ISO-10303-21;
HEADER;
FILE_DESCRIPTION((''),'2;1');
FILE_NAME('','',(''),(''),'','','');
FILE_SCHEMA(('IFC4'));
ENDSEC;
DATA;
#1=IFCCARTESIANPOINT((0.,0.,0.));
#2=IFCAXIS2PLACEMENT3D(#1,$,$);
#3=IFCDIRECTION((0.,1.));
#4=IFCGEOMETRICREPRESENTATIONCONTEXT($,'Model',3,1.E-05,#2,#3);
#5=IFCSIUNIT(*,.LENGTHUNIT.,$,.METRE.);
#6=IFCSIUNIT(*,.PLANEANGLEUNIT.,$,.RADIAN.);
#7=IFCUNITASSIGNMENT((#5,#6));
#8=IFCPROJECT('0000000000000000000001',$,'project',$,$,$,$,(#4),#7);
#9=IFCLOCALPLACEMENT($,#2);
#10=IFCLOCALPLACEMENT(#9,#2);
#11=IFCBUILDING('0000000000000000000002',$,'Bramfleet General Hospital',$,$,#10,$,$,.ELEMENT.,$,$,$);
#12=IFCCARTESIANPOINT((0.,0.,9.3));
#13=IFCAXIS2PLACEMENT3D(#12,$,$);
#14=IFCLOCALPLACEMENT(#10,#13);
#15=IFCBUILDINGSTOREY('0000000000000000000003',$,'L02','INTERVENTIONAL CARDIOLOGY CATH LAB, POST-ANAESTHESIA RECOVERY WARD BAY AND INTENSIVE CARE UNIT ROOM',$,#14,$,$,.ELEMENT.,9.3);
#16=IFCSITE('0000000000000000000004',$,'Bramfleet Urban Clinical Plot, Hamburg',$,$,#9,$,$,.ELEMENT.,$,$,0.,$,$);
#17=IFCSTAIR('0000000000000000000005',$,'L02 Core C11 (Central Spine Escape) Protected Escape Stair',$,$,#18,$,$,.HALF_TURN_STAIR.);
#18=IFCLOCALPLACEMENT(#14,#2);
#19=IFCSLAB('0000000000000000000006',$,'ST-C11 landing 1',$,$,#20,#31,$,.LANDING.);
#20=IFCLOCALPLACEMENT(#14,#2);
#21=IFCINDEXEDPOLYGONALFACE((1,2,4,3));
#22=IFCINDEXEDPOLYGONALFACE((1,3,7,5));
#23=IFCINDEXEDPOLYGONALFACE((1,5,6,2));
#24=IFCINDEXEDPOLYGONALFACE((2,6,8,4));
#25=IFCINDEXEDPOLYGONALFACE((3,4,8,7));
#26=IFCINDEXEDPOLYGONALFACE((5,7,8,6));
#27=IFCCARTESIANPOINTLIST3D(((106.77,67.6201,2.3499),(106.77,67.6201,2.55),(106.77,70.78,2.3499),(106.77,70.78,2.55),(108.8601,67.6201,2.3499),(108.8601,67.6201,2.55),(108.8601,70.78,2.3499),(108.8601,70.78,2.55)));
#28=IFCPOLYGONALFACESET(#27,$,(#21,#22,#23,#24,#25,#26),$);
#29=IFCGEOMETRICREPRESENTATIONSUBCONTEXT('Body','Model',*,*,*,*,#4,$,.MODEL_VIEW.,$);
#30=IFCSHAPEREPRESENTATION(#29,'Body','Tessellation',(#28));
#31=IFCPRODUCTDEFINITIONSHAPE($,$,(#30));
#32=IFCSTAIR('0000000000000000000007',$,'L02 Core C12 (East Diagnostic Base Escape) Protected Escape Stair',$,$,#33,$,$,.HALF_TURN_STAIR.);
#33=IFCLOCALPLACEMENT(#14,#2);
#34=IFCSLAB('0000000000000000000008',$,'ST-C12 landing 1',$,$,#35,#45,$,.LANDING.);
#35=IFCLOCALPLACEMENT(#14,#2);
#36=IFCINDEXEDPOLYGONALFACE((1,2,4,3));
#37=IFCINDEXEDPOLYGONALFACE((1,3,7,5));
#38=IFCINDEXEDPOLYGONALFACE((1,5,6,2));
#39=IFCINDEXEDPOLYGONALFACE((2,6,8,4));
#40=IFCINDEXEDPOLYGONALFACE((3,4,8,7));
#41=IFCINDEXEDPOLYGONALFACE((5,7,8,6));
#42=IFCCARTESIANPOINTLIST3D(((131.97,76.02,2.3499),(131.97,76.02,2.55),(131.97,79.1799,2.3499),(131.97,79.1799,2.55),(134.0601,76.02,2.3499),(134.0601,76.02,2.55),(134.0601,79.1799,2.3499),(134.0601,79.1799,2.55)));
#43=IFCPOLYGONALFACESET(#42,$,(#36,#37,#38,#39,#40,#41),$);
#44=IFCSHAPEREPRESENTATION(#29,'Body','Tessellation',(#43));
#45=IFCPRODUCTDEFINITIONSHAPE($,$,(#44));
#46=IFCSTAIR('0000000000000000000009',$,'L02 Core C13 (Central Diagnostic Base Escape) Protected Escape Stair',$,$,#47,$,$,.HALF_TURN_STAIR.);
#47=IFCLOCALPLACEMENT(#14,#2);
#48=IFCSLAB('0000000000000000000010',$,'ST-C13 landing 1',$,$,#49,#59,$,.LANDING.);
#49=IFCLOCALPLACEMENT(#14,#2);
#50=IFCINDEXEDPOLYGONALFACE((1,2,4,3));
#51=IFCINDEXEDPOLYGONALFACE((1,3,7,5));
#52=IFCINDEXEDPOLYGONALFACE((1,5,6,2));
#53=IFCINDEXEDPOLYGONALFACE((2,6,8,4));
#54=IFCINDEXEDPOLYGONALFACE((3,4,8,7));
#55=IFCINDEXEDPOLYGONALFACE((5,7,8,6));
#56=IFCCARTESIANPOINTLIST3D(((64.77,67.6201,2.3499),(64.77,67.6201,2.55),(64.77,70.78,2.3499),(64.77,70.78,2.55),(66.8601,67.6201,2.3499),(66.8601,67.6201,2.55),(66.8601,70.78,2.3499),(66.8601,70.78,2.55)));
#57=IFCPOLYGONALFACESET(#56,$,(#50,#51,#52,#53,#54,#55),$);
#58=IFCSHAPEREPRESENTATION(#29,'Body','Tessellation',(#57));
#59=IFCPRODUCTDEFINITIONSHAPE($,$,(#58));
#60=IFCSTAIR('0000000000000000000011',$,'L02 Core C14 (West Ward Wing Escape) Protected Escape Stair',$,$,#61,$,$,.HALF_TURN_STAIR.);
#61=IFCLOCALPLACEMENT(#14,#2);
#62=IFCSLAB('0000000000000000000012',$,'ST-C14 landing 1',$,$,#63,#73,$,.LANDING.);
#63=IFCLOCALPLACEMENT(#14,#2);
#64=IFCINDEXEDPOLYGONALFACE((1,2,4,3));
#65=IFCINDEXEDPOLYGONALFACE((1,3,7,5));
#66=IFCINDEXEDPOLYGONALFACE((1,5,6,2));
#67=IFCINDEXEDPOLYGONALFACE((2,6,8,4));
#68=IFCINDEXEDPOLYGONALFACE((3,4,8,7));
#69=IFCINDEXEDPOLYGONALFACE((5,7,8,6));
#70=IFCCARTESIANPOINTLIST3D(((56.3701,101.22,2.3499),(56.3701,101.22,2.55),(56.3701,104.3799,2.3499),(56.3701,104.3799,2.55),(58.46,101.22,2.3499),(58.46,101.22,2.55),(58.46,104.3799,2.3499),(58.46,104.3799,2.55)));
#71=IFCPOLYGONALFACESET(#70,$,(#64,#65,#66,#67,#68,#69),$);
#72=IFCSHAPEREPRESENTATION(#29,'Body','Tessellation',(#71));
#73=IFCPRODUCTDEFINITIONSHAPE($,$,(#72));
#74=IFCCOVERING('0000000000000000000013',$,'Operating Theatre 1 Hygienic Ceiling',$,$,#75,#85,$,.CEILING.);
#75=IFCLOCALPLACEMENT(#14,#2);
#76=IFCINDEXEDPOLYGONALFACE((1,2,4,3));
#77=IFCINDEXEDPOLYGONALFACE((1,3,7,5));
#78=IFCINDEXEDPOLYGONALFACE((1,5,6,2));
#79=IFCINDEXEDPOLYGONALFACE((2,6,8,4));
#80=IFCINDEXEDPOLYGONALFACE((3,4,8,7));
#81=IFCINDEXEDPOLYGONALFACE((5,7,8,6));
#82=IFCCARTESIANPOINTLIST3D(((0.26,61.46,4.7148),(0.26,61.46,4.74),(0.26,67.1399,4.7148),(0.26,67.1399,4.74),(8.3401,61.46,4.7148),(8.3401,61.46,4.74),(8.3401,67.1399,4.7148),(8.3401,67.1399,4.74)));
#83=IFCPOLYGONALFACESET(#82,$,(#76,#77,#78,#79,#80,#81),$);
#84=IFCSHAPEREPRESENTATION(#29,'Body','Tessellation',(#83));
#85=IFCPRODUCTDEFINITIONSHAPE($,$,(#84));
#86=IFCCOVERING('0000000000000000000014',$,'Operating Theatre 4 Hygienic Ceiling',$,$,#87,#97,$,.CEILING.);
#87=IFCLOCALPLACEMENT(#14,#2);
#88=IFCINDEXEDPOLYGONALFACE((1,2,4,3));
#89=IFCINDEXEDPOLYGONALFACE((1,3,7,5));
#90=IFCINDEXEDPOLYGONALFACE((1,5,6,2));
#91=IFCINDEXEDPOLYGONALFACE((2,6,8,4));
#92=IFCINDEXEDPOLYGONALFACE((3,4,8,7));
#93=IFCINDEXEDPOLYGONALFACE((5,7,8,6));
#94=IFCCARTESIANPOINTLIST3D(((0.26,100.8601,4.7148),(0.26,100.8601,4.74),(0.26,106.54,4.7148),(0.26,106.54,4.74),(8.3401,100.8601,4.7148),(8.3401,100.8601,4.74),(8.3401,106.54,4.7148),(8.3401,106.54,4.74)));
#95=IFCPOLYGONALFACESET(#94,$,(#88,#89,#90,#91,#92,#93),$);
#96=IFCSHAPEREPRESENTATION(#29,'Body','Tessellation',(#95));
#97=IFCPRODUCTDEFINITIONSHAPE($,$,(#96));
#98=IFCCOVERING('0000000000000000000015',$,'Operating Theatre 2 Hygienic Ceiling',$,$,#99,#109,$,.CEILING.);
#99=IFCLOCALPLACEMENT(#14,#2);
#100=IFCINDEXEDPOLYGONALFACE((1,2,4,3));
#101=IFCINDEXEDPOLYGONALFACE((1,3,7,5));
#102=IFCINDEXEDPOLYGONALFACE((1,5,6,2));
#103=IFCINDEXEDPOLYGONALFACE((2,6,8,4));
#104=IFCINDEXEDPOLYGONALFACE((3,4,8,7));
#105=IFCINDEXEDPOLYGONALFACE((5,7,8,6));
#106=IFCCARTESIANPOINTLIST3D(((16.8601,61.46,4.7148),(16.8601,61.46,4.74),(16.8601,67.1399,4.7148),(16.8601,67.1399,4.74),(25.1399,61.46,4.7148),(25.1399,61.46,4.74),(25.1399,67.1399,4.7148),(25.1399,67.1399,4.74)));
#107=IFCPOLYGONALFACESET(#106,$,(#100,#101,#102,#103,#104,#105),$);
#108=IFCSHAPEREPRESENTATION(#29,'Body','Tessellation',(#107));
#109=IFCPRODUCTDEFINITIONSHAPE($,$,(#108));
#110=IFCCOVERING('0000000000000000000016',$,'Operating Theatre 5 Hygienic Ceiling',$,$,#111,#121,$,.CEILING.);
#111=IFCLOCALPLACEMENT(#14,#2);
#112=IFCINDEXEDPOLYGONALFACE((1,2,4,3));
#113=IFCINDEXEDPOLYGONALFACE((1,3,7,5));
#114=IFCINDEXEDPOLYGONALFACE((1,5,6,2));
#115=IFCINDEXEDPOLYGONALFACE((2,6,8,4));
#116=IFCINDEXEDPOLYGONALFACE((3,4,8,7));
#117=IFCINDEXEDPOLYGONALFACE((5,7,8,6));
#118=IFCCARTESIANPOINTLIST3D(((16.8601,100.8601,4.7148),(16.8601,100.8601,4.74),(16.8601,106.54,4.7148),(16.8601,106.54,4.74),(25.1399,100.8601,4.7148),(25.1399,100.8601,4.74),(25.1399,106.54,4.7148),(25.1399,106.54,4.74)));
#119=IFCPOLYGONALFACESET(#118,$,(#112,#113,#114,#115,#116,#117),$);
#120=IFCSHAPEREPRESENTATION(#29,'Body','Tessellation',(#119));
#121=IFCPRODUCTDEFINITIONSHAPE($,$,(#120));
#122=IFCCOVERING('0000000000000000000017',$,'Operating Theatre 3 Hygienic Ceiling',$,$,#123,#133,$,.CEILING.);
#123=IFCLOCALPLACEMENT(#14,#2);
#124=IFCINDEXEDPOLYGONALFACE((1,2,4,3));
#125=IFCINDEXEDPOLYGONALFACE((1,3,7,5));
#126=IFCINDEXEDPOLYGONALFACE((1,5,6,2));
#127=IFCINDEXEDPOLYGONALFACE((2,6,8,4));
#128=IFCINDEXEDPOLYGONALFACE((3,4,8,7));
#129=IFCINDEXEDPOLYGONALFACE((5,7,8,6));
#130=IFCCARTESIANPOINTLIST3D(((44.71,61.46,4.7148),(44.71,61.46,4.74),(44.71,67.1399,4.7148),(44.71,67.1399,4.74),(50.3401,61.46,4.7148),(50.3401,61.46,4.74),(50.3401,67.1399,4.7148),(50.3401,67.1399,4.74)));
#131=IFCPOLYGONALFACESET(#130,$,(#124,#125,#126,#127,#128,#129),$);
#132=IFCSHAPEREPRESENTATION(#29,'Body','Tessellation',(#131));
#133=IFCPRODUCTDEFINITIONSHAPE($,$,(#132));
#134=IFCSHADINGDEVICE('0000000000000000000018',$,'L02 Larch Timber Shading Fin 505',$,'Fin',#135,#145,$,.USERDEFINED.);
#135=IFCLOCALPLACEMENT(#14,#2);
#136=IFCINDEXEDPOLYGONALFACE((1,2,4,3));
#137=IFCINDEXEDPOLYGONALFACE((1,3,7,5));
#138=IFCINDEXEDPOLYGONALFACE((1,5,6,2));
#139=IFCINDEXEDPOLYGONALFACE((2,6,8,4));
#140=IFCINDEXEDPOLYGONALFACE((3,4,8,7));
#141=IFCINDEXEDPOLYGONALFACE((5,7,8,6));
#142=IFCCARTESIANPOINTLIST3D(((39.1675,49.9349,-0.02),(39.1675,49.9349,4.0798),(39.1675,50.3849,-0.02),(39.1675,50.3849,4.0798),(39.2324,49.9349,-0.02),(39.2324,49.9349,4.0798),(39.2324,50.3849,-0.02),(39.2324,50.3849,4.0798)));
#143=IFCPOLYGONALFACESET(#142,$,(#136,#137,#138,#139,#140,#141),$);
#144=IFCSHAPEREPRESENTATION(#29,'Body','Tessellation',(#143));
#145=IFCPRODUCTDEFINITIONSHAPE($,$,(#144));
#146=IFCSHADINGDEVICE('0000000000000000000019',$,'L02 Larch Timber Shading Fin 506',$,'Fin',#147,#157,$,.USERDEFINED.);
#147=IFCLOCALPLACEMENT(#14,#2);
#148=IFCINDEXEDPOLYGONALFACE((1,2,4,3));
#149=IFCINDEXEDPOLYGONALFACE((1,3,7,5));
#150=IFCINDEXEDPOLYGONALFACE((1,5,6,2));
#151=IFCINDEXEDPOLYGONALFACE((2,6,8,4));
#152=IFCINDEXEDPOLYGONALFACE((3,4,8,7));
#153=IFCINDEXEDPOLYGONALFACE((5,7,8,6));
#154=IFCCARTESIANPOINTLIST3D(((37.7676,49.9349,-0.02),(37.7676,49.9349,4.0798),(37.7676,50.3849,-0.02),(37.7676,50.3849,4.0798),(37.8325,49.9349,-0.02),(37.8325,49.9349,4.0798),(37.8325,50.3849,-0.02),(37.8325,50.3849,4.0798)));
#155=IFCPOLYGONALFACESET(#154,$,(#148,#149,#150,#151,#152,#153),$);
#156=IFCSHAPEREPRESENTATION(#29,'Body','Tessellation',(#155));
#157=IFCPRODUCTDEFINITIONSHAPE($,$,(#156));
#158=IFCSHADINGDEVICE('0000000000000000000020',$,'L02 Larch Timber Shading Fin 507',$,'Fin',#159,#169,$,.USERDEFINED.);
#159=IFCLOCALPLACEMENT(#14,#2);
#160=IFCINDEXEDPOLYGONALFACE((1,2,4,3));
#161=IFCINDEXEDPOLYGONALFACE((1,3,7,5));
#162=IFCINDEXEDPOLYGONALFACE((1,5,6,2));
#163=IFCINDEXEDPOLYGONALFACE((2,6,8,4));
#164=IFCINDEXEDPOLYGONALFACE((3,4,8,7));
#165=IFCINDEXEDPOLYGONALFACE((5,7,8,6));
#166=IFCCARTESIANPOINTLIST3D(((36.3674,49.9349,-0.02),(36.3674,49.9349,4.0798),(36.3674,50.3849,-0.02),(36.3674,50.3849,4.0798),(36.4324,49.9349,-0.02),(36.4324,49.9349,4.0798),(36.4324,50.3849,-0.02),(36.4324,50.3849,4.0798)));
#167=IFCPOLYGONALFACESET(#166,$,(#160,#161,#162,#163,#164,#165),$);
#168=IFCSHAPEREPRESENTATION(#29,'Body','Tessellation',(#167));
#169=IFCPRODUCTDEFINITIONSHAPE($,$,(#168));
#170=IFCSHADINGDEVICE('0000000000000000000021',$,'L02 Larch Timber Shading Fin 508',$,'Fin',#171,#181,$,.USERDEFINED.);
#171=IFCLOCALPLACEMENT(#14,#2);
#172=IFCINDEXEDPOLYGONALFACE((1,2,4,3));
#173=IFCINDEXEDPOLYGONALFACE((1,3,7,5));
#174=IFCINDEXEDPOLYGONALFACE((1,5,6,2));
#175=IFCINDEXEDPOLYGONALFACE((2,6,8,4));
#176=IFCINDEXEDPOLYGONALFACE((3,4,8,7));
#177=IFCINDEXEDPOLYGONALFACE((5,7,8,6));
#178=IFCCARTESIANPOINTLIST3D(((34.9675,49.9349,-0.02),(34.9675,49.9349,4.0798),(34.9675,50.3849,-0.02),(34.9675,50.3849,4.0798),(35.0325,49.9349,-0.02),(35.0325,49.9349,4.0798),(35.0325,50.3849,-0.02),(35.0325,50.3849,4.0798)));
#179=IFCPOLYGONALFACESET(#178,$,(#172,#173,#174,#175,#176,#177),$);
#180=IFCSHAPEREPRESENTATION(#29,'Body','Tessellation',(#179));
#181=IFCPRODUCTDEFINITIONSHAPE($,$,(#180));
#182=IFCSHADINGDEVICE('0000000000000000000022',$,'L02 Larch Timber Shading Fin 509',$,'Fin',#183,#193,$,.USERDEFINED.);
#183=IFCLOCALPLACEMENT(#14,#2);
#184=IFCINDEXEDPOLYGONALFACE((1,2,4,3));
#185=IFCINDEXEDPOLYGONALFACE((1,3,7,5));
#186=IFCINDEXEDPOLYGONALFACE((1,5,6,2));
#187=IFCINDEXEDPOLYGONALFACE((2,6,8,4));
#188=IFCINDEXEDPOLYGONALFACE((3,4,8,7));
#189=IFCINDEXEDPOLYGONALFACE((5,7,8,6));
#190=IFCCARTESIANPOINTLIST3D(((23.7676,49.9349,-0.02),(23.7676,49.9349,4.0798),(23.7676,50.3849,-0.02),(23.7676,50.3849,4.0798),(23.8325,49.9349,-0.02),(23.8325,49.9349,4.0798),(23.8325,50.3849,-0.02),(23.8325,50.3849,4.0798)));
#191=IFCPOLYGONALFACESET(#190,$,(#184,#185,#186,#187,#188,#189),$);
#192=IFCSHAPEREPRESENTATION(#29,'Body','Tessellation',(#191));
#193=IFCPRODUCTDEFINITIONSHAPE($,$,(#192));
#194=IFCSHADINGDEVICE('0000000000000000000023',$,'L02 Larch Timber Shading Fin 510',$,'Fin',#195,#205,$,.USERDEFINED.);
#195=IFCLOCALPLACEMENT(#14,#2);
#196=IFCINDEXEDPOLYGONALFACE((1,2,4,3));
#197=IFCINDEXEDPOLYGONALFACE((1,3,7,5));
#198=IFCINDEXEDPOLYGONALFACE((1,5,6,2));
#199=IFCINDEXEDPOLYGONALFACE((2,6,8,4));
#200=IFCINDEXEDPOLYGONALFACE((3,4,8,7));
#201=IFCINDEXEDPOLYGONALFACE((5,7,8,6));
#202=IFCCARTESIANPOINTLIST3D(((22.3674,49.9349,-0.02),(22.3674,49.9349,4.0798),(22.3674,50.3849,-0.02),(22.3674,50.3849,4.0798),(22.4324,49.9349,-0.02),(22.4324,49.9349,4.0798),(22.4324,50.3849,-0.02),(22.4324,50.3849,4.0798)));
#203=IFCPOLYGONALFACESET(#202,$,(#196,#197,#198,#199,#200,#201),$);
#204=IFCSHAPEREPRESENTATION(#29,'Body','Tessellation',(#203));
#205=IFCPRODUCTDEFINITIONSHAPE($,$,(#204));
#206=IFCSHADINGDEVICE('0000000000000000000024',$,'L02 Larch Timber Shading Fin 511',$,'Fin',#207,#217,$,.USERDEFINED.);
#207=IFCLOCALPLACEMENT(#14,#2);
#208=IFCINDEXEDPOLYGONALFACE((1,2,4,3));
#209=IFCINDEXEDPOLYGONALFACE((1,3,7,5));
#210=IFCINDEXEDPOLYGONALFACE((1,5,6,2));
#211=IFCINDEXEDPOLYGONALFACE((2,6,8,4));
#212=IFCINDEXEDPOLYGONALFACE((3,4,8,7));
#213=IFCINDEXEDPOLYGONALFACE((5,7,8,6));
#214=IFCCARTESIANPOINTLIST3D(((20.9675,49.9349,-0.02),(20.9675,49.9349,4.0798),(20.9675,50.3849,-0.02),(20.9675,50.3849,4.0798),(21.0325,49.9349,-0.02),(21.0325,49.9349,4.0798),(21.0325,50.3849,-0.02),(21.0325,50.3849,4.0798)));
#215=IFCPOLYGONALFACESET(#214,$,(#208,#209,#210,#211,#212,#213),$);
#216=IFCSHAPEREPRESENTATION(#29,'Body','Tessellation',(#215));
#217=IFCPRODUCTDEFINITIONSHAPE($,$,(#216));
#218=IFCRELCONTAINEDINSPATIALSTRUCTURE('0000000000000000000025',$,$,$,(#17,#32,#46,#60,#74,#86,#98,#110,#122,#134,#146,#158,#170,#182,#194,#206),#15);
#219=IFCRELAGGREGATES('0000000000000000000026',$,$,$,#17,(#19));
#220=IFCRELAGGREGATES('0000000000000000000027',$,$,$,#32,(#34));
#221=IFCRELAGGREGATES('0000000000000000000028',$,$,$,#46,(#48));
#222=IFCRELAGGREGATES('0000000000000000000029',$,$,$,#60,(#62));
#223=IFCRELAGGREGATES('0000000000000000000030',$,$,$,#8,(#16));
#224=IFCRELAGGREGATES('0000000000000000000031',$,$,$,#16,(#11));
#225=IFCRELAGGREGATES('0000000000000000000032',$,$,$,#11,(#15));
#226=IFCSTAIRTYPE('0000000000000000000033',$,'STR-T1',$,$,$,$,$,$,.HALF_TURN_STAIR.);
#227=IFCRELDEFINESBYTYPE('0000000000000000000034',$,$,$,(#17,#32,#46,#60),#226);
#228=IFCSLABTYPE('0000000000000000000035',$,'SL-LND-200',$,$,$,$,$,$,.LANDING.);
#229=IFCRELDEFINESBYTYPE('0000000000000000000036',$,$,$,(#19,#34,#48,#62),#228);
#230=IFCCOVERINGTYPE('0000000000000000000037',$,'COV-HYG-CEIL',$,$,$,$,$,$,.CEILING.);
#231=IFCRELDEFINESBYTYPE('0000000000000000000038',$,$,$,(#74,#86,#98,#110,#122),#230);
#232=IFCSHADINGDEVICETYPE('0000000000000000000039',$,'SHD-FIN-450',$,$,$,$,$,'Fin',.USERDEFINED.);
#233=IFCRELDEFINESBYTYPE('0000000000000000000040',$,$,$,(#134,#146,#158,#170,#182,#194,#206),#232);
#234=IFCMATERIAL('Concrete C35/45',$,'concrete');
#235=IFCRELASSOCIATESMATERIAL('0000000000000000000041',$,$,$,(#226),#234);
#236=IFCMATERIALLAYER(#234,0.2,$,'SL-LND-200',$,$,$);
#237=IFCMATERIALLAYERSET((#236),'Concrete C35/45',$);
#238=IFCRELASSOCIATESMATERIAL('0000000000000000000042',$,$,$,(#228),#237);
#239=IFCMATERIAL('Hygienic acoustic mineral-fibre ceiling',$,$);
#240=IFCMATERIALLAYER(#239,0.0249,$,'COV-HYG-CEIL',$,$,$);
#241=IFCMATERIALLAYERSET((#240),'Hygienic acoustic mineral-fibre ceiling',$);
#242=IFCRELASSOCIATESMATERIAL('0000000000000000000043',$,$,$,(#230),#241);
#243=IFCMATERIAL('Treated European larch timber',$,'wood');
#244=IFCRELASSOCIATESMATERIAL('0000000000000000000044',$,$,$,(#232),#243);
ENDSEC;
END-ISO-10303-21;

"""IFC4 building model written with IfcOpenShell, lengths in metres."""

from ifc_helpers import new_model, si_unit, direction, frame, origin, origin_2d, place, context, subcontext, project, spatial, polyline, rectangle, outline, extrude, material, layer, layer_set, material_profile, profile_set, type_object, element, aggregate, save


model = new_model("IFC4")

# Units and contexts
model_context = context("Model", 3, precision=1e-05, world=origin(), true_north=direction((0.0, 1.0)))
body_context = subcontext(model_context, "Body", "Model", "MODEL_VIEW")
ifc_project = project(units=[si_unit("LENGTHUNIT", "METRE"), si_unit("PLANEANGLEUNIT", "RADIAN")], contexts=[model_context])

# Site, building, storey
site_placement = place(None, origin())
site = spatial("IfcSite", under=ifc_project, at=site_placement, Name="Bramfleet Urban Clinical Plot, Hamburg", CompositionType="ELEMENT", RefElevation=0.0)
building_placement = place(site_placement, origin())
building = spatial("IfcBuilding", under=site, at=building_placement, Name="Bramfleet General Hospital", CompositionType="ELEMENT")
storey_placement = place(building_placement, frame((0.0, 0.0, 9.3)))
storey = spatial("IfcBuildingStorey", under=building, at=storey_placement, Name="L02", Description="INTERVENTIONAL CARDIOLOGY CATH LAB, POST-ANAESTHESIA RECOVERY WARD BAY AND INTENSIVE CARE UNIT ROOM", CompositionType="ELEMENT", Elevation=9.3)

# Shared definitions
ifc_material_1 = material(Name="Concrete C35/45", Category="concrete")

# Stairs, slabs
stair_type = type_object("IfcStairType", Name="STR-T1", PredefinedType="HALF_TURN_STAIR", material=ifc_material_1)
ifc_layer_1 = layer(ifc_material_1, 0.2, Name="SL-LND-200")
ifc_layer_set_1 = layer_set([ifc_layer_1], Name="Concrete C35/45")
slab_type_1 = type_object("IfcSlabType", Name="SL-LND-200", PredefinedType="LANDING", material=ifc_layer_set_1)
stair_1_placement = place(storey_placement, origin())
stair_1 = element("IfcStair", 1, at=stair_1_placement, inside=storey, type_object=stair_type, Name="L02 Core C11 (Central Spine Escape) Protected Escape Stair", PredefinedType="HALF_TURN_STAIR")
slab_1_placement = place(storey_placement, frame((0.0, 0.0, 2.3499)))
slab_1 = element("IfcSlab", 2, at=slab_1_placement, type_object=slab_type_1, Name="ST-C11 landing 1", PredefinedType="LANDING", context=body_context, shape_type="SweptSolid", body=[
    extrude(outline(polyline([(106.77, 67.6201), (108.8601, 67.6201), (108.8601, 70.78), (106.77, 70.78), (106.77, 67.6201)])), origin(), (0.0, 0.0, 1.0), 0.2002),
])
aggregate(stair_1, [slab_1])
stair_2_placement = place(storey_placement, origin())
stair_2 = element("IfcStair", 3, at=stair_2_placement, inside=storey, type_object=stair_type, Name="L02 Core C12 (East Diagnostic Base Escape) Protected Escape Stair", PredefinedType="HALF_TURN_STAIR")
slab_2_placement = place(storey_placement, frame((0.0, 0.0, 2.3499)))
slab_2 = element("IfcSlab", 4, at=slab_2_placement, type_object=slab_type_1, Name="ST-C12 landing 1", PredefinedType="LANDING", context=body_context, shape_type="SweptSolid", body=[
    extrude(outline(polyline([(131.97, 76.02), (134.0601, 76.02), (134.0601, 79.1799), (131.97, 79.1799), (131.97, 76.02)])), origin(), (0.0, 0.0, 1.0), 0.2002),
])
aggregate(stair_2, [slab_2])
stair_3_placement = place(storey_placement, origin())
stair_3 = element("IfcStair", 5, at=stair_3_placement, inside=storey, type_object=stair_type, Name="L02 Core C13 (Central Diagnostic Base Escape) Protected Escape Stair", PredefinedType="HALF_TURN_STAIR")
slab_3_placement = place(storey_placement, frame((0.0, 0.0, 2.3499)))
slab_3 = element("IfcSlab", 6, at=slab_3_placement, type_object=slab_type_1, Name="ST-C13 landing 1", PredefinedType="LANDING", context=body_context, shape_type="SweptSolid", body=[
    extrude(outline(polyline([(64.77, 67.6201), (66.8601, 67.6201), (66.8601, 70.78), (64.77, 70.78), (64.77, 67.6201)])), origin(), (0.0, 0.0, 1.0), 0.2002),
])
aggregate(stair_3, [slab_3])
stair_4_placement = place(storey_placement, origin())
stair_4 = element("IfcStair", 7, at=stair_4_placement, inside=storey, type_object=stair_type, Name="L02 Core C14 (West Ward Wing Escape) Protected Escape Stair", PredefinedType="HALF_TURN_STAIR")
slab_4_placement = place(storey_placement, frame((0.0, 0.0, 2.3499)))
slab_4 = element("IfcSlab", 8, at=slab_4_placement, type_object=slab_type_1, Name="ST-C14 landing 1", PredefinedType="LANDING", context=body_context, shape_type="SweptSolid", body=[
    extrude(outline(polyline([(56.3701, 101.22), (58.46, 101.22), (58.46, 104.3799), (56.3701, 104.3799), (56.3701, 101.22)])), origin(), (0.0, 0.0, 1.0), 0.2002),
])
aggregate(stair_4, [slab_4])

# Coverings
ifc_material_2 = material(Name="Hygienic acoustic mineral-fibre ceiling")
ifc_layer_2 = layer(ifc_material_2, 0.0249, Name="COV-HYG-CEIL")
ifc_layer_set_2 = layer_set([ifc_layer_2], Name="Hygienic acoustic mineral-fibre ceiling")
covering_type = type_object("IfcCoveringType", Name="COV-HYG-CEIL", PredefinedType="CEILING", material=ifc_layer_set_2)
covering_1_placement = place(storey_placement, frame((0.0, 0.0, 4.7148)))
element("IfcCovering", 9, at=covering_1_placement, inside=storey, type_object=covering_type, Name="Operating Theatre 1 Hygienic Ceiling", PredefinedType="CEILING", context=body_context, shape_type="SweptSolid", body=[
    extrude(outline(polyline([(8.3401, 61.46), (0.26, 61.46), (0.26, 67.1399), (8.3401, 67.1399), (8.3401, 61.46)])), origin(), (0.0, 0.0, 1.0), 0.0251),
])
covering_2_placement = place(storey_placement, frame((0.0, 0.0, 4.7148)))
element("IfcCovering", 10, at=covering_2_placement, inside=storey, type_object=covering_type, Name="Operating Theatre 4 Hygienic Ceiling", PredefinedType="CEILING", context=body_context, shape_type="SweptSolid", body=[
    extrude(outline(polyline([(8.3401, 106.54), (8.3401, 100.8601), (0.26, 100.8601), (0.26, 106.54), (8.3401, 106.54)])), origin(), (0.0, 0.0, 1.0), 0.0251),
])
covering_3_placement = place(storey_placement, frame((0.0, 0.0, 4.7148)))
element("IfcCovering", 11, at=covering_3_placement, inside=storey, type_object=covering_type, Name="Operating Theatre 2 Hygienic Ceiling", PredefinedType="CEILING", context=body_context, shape_type="SweptSolid", body=[
    extrude(outline(polyline([(25.1399, 61.46), (16.8601, 61.46), (16.8601, 67.1399), (25.1399, 67.1399), (25.1399, 61.46)])), origin(), (0.0, 0.0, 1.0), 0.0251),
])
covering_4_placement = place(storey_placement, frame((0.0, 0.0, 4.7148)))
element("IfcCovering", 12, at=covering_4_placement, inside=storey, type_object=covering_type, Name="Operating Theatre 5 Hygienic Ceiling", PredefinedType="CEILING", context=body_context, shape_type="SweptSolid", body=[
    extrude(outline(polyline([(16.8601, 106.54), (25.1399, 106.54), (25.1399, 100.8601), (16.8601, 100.8601), (16.8601, 106.54)])), origin(), (0.0, 0.0, 1.0), 0.0251),
])
covering_5_placement = place(storey_placement, frame((0.0, 0.0, 4.7148)))
element("IfcCovering", 13, at=covering_5_placement, inside=storey, type_object=covering_type, Name="Operating Theatre 3 Hygienic Ceiling", PredefinedType="CEILING", context=body_context, shape_type="SweptSolid", body=[
    extrude(outline(polyline([(44.71, 61.46), (44.71, 67.1399), (50.3401, 67.1399), (50.3401, 61.46), (44.71, 61.46)])), origin(), (0.0, 0.0, 1.0), 0.0251),
])

# Shading devices
ifc_material_3 = material(Name="Treated European larch timber", Category="wood")
ifc_material_profile = material_profile(ifc_material_3, rectangle(XDim=0.0649, YDim=0.45, at=origin_2d()), Name="LARCH FIN 450x65")
ifc_profile_set = profile_set([ifc_material_profile], Name="Treated European larch timber")
shading_device_type = type_object("IfcShadingDeviceType", Name="SHD-FIN-450", ElementType="Fin", PredefinedType="USERDEFINED", material=ifc_profile_set)
for number, where, z_axis, x_axis, name in (
    (14, (39.2, 50.1599, -0.02), (0.0, 0.0, 1.0), (-1.0, 0.0, 0.0), "L02 Larch Timber Shading Fin 505"),
    (15, (37.8, 50.1599, -0.02), (0.0, 0.0, 1.0), (-1.0, 0.0, 0.0), "L02 Larch Timber Shading Fin 506"),
    (16, (36.3999, 50.1599, -0.02), (0.0, 0.0, 1.0), (-1.0, 0.0, 0.0), "L02 Larch Timber Shading Fin 507"),
    (17, (35.0, 50.1599, -0.02), (0.0, 0.0, 1.0), (-1.0, 0.0, 0.0), "L02 Larch Timber Shading Fin 508"),
    (18, (23.8, 50.1599, -0.02), (0.0, 0.0, 1.0), (-1.0, 0.0, 0.0), "L02 Larch Timber Shading Fin 509"),
    (19, (22.3999, 50.1599, -0.02), (0.0, 0.0, 1.0), (-1.0, 0.0, 0.0), "L02 Larch Timber Shading Fin 510"),
    (20, (21.0, 50.1599, -0.02), (0.0, 0.0, 1.0), (-1.0, 0.0, 0.0), "L02 Larch Timber Shading Fin 511"),
):
    element("IfcShadingDevice", number, at=place(storey_placement, frame(where, z_axis=z_axis, x_axis=x_axis)), inside=storey, type_object=shading_device_type, Name=name, ObjectType="Fin", PredefinedType="USERDEFINED", context=body_context, shape_type="SweptSolid", body=[
        extrude(rectangle(XDim=0.0649, YDim=0.45, at=origin_2d()), origin(), (0.0, 0.0, 1.0), 4.0999),
    ])

save(model, "model.ifc")
